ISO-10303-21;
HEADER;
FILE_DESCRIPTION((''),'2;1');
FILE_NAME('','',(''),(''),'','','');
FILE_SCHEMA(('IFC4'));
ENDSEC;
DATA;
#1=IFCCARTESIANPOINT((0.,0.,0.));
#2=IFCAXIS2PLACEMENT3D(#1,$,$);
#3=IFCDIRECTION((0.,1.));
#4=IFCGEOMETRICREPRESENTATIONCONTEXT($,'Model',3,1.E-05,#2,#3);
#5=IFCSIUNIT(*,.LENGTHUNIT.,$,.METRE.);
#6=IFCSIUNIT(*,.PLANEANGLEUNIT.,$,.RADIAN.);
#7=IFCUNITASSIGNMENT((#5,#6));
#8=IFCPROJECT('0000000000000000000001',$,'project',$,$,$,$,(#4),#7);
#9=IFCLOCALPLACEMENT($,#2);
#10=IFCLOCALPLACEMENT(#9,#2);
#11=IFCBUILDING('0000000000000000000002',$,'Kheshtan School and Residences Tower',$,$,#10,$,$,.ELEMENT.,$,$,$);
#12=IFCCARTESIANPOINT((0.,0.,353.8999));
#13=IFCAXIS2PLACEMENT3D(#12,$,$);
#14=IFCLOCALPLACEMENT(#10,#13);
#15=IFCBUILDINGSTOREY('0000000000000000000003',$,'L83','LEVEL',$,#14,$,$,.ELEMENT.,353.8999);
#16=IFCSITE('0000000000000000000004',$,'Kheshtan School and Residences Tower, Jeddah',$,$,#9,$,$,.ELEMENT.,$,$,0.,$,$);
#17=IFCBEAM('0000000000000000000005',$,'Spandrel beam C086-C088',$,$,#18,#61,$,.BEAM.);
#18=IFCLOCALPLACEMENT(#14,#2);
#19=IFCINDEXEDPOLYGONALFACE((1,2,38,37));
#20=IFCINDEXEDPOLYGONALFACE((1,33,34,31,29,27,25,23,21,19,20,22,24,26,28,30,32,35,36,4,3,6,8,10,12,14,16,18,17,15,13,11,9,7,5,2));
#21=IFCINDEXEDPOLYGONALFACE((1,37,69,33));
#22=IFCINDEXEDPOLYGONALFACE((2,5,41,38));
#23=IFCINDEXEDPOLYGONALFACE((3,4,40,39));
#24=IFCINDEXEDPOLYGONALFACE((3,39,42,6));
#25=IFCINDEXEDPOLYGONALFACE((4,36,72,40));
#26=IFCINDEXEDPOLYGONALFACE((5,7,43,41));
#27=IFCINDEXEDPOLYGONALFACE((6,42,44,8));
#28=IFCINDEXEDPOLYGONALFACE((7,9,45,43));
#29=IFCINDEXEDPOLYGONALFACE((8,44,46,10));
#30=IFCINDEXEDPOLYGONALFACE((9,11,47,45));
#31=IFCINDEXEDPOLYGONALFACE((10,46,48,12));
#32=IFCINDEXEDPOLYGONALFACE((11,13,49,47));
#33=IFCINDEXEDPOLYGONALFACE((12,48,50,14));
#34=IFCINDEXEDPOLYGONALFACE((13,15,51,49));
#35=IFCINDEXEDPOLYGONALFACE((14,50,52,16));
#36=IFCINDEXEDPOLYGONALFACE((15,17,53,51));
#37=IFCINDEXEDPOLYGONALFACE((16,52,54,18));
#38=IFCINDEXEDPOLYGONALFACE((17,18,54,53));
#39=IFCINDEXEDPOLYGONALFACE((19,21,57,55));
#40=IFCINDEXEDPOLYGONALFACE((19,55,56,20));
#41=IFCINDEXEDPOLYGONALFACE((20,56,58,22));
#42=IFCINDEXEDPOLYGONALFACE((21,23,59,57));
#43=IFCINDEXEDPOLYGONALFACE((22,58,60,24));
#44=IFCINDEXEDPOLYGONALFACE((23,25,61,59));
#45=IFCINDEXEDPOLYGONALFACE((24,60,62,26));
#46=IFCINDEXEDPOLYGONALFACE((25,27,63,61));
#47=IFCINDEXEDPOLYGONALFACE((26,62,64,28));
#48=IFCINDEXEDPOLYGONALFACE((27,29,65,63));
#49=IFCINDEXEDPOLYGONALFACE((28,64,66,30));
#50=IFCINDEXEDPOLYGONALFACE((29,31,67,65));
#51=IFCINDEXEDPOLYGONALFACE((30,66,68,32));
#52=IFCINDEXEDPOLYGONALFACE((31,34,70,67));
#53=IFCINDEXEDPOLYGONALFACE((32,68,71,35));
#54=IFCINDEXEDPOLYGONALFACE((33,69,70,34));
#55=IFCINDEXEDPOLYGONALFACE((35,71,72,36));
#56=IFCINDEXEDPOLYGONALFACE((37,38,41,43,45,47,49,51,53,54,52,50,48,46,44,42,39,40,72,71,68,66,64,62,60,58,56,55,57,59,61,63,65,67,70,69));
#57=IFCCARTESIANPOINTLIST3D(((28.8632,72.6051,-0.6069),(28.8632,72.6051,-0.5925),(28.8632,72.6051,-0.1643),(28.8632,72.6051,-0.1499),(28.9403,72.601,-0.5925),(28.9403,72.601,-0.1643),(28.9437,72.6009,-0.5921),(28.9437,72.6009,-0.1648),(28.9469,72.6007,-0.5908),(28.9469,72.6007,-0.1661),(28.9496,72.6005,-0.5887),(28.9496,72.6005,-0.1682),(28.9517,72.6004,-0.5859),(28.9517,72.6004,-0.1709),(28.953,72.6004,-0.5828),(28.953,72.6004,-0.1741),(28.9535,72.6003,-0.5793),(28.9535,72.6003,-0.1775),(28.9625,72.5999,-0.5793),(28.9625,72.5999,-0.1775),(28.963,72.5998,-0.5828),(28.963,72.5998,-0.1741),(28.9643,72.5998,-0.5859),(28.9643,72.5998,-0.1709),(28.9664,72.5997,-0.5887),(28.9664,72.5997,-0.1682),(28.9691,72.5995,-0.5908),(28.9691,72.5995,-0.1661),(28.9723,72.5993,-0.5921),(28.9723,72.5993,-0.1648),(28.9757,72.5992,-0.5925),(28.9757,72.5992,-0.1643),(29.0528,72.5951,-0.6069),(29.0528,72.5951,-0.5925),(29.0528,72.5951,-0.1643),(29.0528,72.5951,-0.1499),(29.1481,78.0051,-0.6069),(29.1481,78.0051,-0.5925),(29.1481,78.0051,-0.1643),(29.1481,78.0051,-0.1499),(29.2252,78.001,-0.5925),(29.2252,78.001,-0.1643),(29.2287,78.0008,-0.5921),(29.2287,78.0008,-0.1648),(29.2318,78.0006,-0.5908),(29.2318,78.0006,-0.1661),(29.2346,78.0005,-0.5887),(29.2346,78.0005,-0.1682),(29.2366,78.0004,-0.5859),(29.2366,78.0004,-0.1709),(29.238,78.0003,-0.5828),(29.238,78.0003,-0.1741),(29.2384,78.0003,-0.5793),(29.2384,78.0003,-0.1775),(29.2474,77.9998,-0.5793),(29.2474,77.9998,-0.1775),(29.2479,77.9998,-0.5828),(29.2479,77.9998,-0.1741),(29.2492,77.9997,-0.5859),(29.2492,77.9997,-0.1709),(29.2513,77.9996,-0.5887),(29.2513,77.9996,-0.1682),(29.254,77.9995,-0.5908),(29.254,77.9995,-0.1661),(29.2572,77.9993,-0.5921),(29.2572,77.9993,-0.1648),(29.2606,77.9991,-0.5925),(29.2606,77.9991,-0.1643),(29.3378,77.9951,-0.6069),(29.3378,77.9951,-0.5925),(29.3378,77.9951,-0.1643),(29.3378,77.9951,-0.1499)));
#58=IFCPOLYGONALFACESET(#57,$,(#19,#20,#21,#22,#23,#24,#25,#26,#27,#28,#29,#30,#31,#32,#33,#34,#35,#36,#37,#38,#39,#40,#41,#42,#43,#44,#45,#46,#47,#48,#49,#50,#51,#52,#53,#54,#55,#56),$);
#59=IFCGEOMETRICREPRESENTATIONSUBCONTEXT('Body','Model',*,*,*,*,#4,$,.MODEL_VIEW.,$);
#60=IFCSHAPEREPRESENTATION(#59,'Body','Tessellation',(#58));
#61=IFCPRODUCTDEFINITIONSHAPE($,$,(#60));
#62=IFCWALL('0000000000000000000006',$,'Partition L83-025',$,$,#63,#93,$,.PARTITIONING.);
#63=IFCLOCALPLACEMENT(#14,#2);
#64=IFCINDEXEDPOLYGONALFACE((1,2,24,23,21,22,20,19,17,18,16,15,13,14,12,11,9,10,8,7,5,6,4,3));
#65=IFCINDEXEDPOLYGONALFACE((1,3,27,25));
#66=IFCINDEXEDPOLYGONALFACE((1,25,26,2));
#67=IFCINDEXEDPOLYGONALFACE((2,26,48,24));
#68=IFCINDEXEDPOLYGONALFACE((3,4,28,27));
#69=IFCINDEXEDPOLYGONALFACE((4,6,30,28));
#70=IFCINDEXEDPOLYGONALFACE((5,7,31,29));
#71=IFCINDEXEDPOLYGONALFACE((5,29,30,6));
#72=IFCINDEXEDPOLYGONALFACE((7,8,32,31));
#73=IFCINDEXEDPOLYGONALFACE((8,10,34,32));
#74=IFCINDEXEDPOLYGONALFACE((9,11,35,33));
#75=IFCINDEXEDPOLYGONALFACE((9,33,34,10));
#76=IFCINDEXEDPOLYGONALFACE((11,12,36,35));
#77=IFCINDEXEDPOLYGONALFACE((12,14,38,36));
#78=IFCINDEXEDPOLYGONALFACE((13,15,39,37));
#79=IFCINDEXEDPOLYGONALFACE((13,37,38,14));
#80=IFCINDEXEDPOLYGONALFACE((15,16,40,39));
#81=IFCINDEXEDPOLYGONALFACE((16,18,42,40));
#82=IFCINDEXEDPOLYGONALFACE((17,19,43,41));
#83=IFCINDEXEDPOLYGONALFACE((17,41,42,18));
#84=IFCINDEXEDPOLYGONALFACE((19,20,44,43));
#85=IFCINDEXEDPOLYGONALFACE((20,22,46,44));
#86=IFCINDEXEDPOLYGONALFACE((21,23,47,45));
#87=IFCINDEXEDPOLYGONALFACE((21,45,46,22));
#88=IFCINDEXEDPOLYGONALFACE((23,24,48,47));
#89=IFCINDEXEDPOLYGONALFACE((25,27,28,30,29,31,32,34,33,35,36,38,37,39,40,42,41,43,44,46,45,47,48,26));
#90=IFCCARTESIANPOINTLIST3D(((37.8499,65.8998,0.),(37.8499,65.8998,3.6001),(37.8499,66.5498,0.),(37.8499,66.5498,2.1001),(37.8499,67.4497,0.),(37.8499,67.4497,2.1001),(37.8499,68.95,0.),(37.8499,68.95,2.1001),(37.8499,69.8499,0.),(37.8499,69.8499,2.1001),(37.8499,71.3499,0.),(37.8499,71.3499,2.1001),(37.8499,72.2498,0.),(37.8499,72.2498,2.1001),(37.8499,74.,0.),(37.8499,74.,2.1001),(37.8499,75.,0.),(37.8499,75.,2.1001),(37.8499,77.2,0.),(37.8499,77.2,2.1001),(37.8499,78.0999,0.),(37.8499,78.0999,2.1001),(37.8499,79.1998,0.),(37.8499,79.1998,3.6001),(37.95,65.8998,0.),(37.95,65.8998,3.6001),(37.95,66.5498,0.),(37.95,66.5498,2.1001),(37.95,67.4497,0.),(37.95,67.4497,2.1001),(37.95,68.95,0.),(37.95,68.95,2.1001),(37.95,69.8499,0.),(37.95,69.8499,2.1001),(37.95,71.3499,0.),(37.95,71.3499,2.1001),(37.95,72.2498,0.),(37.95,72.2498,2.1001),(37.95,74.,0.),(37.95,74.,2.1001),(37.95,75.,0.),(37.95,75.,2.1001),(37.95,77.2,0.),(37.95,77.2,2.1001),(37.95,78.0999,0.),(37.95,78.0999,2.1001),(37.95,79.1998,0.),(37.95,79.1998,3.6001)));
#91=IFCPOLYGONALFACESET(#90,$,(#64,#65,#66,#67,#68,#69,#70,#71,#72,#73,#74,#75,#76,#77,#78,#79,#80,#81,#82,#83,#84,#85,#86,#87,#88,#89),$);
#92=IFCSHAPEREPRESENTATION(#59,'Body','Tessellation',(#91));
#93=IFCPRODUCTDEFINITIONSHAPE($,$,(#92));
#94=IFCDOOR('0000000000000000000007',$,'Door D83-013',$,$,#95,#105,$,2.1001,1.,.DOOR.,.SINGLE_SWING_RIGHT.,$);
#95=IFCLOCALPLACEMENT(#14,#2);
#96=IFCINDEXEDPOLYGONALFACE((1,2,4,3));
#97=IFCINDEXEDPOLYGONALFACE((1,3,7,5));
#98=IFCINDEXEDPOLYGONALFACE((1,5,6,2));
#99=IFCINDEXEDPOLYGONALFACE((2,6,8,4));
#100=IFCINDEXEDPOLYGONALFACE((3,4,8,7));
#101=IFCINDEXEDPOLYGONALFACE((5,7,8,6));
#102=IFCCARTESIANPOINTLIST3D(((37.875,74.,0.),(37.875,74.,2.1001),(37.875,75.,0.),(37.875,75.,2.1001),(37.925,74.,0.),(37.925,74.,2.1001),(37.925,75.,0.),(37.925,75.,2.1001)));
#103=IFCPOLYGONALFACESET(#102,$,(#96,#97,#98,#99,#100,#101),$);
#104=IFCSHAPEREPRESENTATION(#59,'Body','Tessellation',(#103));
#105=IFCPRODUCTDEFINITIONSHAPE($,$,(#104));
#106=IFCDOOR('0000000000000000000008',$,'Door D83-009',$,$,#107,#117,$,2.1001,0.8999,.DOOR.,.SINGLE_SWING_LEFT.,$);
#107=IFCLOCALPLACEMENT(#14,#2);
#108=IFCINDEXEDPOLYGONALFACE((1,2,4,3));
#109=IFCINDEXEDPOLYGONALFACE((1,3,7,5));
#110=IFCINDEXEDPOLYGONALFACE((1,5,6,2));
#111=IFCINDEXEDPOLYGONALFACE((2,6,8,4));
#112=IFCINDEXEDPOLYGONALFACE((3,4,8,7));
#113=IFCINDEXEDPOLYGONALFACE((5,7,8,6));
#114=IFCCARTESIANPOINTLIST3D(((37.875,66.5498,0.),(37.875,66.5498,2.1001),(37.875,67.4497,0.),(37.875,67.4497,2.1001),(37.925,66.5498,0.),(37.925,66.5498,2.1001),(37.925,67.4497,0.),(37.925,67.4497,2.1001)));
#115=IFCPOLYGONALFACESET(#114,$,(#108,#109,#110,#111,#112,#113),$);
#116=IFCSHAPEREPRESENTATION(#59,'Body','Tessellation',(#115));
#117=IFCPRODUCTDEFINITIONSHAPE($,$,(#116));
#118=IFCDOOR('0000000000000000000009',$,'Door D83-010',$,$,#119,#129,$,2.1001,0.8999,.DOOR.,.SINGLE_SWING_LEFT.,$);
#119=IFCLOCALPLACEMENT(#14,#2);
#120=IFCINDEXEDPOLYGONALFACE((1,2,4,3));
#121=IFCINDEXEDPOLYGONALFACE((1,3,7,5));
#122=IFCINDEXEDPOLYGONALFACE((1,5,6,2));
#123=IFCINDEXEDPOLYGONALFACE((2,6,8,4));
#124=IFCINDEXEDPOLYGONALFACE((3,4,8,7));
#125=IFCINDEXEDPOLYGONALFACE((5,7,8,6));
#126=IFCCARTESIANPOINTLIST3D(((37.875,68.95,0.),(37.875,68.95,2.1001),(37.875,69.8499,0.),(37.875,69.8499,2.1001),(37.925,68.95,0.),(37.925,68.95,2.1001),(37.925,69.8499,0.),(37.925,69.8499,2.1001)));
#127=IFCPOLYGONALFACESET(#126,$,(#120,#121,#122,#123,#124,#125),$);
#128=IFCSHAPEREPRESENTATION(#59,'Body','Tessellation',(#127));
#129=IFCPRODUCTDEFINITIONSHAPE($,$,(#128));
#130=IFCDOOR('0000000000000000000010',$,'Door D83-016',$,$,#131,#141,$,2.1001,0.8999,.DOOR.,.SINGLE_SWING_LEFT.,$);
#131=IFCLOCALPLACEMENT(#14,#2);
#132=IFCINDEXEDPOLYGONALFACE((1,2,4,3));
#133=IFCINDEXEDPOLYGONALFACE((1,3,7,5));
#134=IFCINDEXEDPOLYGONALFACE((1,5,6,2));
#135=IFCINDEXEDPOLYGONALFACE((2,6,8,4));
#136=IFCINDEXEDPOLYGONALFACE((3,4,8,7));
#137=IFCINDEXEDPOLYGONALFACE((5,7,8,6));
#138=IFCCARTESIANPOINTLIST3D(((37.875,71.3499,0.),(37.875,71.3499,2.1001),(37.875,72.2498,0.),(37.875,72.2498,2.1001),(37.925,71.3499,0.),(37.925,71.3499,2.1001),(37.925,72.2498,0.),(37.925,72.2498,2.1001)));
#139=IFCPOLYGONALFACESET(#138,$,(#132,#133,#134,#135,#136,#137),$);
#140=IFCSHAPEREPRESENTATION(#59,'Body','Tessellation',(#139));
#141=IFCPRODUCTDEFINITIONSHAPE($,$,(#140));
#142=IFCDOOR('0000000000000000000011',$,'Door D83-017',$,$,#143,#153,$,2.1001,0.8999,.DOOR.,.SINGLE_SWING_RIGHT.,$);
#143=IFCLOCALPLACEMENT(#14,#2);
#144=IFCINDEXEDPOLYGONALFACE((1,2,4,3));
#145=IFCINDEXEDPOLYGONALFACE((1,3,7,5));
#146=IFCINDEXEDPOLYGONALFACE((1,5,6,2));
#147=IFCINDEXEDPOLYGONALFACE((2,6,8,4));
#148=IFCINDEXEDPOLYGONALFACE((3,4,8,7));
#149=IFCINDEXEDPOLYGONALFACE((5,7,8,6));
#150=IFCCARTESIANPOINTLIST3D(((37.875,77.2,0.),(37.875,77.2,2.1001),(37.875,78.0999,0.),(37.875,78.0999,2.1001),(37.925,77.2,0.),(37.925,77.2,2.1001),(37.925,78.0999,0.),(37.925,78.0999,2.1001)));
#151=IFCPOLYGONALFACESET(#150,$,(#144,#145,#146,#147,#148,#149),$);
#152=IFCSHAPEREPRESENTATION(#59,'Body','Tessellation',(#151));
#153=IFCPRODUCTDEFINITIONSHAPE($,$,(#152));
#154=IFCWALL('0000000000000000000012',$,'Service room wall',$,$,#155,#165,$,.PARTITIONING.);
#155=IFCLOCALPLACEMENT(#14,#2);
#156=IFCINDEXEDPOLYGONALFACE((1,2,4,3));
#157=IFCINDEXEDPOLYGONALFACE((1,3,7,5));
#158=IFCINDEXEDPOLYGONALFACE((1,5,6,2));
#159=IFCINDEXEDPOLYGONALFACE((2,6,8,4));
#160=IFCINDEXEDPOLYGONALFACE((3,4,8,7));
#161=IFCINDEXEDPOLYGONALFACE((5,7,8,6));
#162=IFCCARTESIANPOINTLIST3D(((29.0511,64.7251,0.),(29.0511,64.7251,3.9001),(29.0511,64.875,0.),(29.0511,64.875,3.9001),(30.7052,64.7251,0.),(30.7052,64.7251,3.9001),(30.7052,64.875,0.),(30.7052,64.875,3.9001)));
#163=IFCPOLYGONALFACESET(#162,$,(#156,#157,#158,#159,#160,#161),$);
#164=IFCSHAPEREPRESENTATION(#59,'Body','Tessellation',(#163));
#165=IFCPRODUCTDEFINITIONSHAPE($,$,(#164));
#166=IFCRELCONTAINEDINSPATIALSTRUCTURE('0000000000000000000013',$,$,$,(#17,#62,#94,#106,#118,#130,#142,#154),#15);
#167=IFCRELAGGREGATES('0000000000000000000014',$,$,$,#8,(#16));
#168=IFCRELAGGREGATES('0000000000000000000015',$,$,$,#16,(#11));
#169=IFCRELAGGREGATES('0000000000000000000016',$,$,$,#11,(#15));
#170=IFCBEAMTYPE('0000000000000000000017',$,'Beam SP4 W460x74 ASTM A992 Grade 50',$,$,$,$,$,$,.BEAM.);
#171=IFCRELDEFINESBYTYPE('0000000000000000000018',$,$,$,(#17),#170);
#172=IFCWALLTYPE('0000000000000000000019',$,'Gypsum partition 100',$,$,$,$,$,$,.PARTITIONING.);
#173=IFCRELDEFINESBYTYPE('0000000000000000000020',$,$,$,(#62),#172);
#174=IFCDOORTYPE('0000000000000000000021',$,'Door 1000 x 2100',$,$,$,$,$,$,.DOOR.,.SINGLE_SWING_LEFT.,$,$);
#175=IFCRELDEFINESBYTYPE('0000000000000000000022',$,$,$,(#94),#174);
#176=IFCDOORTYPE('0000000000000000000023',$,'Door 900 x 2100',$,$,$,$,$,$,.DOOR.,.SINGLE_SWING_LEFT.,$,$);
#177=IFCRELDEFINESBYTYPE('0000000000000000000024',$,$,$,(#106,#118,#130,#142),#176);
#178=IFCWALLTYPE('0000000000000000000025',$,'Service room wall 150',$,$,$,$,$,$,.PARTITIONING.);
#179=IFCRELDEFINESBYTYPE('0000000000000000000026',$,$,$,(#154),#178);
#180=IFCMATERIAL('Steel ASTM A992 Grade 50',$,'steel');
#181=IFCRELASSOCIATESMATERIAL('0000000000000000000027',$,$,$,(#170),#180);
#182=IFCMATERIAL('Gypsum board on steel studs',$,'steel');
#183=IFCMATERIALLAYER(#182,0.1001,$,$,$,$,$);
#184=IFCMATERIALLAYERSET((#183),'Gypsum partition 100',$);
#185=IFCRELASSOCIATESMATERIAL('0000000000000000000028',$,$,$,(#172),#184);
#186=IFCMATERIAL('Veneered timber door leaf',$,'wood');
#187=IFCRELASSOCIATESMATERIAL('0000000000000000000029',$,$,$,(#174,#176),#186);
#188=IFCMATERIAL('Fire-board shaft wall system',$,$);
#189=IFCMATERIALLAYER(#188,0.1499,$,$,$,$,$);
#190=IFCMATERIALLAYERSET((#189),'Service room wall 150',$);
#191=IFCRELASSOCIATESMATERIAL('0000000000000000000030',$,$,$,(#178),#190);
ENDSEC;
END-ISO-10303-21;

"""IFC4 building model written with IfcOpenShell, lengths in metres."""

from ifc_helpers import new_model, si_unit, direction, frame, frame_2d, origin, origin_2d, place, context, subcontext, project, spatial, rectangle, i_section, extrude, source, transform, mapped, material, layer, layer_set, material_profile, profile_set, type_object, element, fill, save


model = new_model("IFC4")

# Units and contexts
model_context = context("Model", 3, precision=1e-05, world=origin(), true_north=direction((0.0, 1.0)))
body_context = subcontext(model_context, "Body", "Model", "MODEL_VIEW")
ifc_project = project(units=[si_unit("LENGTHUNIT", "METRE"), si_unit("PLANEANGLEUNIT", "RADIAN")], contexts=[model_context])

# Site, building, storey
site_placement = place(None, origin())
site = spatial("IfcSite", under=ifc_project, at=site_placement, Name="Kheshtan School and Residences Tower, Jeddah", CompositionType="ELEMENT", RefElevation=0.0)
building_placement = place(site_placement, origin())
building = spatial("IfcBuilding", under=site, at=building_placement, Name="Kheshtan School and Residences Tower", CompositionType="ELEMENT")
storey_placement = place(building_placement, frame((0.0, 0.0, 353.8999)))
storey = spatial("IfcBuildingStorey", under=building, at=storey_placement, Name="L83", Description="LEVEL", CompositionType="ELEMENT", Elevation=353.8999)

# Shared definitions
ifc_material_1 = material(Name="Steel ASTM A992 Grade 50", Category="steel")

# Beam
ifc_material_profile_1 = material_profile(ifc_material_1, i_section(OverallWidth=0.1899, OverallDepth=0.457, WebThickness=0.009, FlangeThickness=0.0144, FilletRadius=0.0132, at=origin_2d()), Name="W460x74")
ifc_profile_set_1 = profile_set([ifc_material_profile_1], Name="Steel ASTM A992 Grade 50")
beam_type_1 = type_object("IfcBeamType", Name="Beam SP4 W460x74 ASTM A992 Grade 50", PredefinedType="BEAM", material=ifc_profile_set_1)
beam_1_placement = place(storey_placement, frame((28.958, 72.6001, -0.3784), z_axis=(0.052689, 0.998611, 0.0), x_axis=(-0.998611, 0.052689, 0.0)))
element("IfcBeam", 1, at=beam_1_placement, inside=storey, type_object=beam_type_1, Name="Spandrel beam C086-C088", PredefinedType="BEAM", context=body_context, shape_type="SweptSolid", body=[
    extrude(i_section(OverallWidth=0.1899, OverallDepth=0.457, WebThickness=0.009, FlangeThickness=0.0144, FilletRadius=0.0132, at=origin_2d()), origin(), (0.0, 0.0, 1.0), 5.4075),
])

# Wall, openings, doors
ifc_material_2 = material(Name="Gypsum board on steel studs", Category="steel")
ifc_layer_1 = layer(ifc_material_2, 0.1001)
ifc_layer_set_1 = layer_set([ifc_layer_1], Name="Gypsum partition 100")
wall_type_1 = type_object("IfcWallType", Name="Gypsum partition 100", PredefinedType="PARTITIONING", material=ifc_layer_set_1)
wall_1_placement = place(storey_placement, frame((37.8999, 65.8999, 0.0), z_axis=(0.0, 0.0, 1.0), x_axis=(0.0, 1.0, 0.0)))
wall_1 = element("IfcWall", 2, at=wall_1_placement, inside=storey, type_object=wall_type_1, Name="Partition L83-025", PredefinedType="PARTITIONING", context=body_context, shape_type="SweptSolid", body=[
    extrude(rectangle(XDim=13.3, YDim=0.1001, at=frame_2d((6.6499, 0.0))), origin(), (0.0, 0.0, 1.0), 3.6001),
])
opening_1_placement = place(wall_1_placement, frame((0.6499, 0.0, 0.0)))
opening_1 = element("IfcOpeningElement", 3, at=opening_1_placement, cuts=wall_1, PredefinedType="OPENING", context=body_context, shape_type="SweptSolid", body=[
    extrude(rectangle(XDim=0.8999, YDim=2.1001, at=frame_2d((0.45, 1.05))), frame((0.0, 0.0601, 0.0), z_axis=(0.0, -1.0, 0.0), x_axis=(1.0, 0.0, 0.0)), (0.0, 0.0, 1.0), 0.1201),
])
opening_2_placement = place(wall_1_placement, frame((3.05, 0.0, 0.0)))
opening_2 = element("IfcOpeningElement", 4, at=opening_2_placement, cuts=wall_1, PredefinedType="OPENING", context=body_context, shape_type="SweptSolid", body=[
    extrude(rectangle(XDim=0.8999, YDim=2.1001, at=frame_2d((0.45, 1.05))), frame((0.0, 0.0601, 0.0), z_axis=(0.0, -1.0, 0.0), x_axis=(1.0, 0.0, 0.0)), (0.0, 0.0, 1.0), 0.1201),
])
opening_3_placement = place(wall_1_placement, frame((8.1001, 0.0, 0.0)))
opening_3 = element("IfcOpeningElement", 5, at=opening_3_placement, cuts=wall_1, PredefinedType="OPENING", context=body_context, shape_type="SweptSolid", body=[
    extrude(rectangle(XDim=1.0, YDim=2.1001, at=frame_2d((0.5, 1.05))), frame((0.0, 0.0601, 0.0), z_axis=(0.0, -1.0, 0.0), x_axis=(1.0, 0.0, 0.0)), (0.0, 0.0, 1.0), 0.1201),
])
opening_4_placement = place(wall_1_placement, frame((5.45, 0.0, 0.0)))
opening_4 = element("IfcOpeningElement", 6, at=opening_4_placement, cuts=wall_1, PredefinedType="OPENING", context=body_context, shape_type="SweptSolid", body=[
    extrude(rectangle(XDim=0.8999, YDim=2.1001, at=frame_2d((0.45, 1.05))), frame((0.0, 0.0601, 0.0), z_axis=(0.0, -1.0, 0.0), x_axis=(1.0, 0.0, 0.0)), (0.0, 0.0, 1.0), 0.1201),
])
opening_5_placement = place(wall_1_placement, frame((11.3, 0.0, 0.0)))
opening_5 = element("IfcOpeningElement", 7, at=opening_5_placement, cuts=wall_1, PredefinedType="OPENING", context=body_context, shape_type="SweptSolid", body=[
    extrude(rectangle(XDim=0.8999, YDim=2.1001, at=frame_2d((0.45, 1.05))), frame((0.0, 0.0601, 0.0), z_axis=(0.0, -1.0, 0.0), x_axis=(1.0, 0.0, 0.0)), (0.0, 0.0, 1.0), 0.1201),
])
ifc_material_3 = material(Name="Veneered timber door leaf", Category="wood")
door_type_1 = type_object("IfcDoorType", Name="Door 1000 x 2100", OperationType="SINGLE_SWING_LEFT", PredefinedType="DOOR", material=ifc_material_3)
shared_shape_1 = source(origin(), body_context, "Body", "SweptSolid", [
    extrude(rectangle(XDim=1.0, YDim=2.1001, at=frame_2d((0.5, 1.05))), frame((0.0, 0.0249, 0.0), z_axis=(0.0, -1.0, 0.0), x_axis=(1.0, 0.0, 0.0)), (0.0, 0.0, 1.0), 0.05),
])
door_1_placement = place(opening_3_placement, origin())
door_1 = element("IfcDoor", 8, at=door_1_placement, inside=storey, type_object=door_type_1, Name="Door D83-013", OperationType="SINGLE_SWING_RIGHT", OverallHeight=2.1001, OverallWidth=1.0, PredefinedType="DOOR", context=body_context, shape_type="MappedRepresentation", body=[
    mapped(shared_shape_1, transform((0.0, 0.0, 0.0), x_axis=(1.0, 0.0, 0.0), y_axis=(0.0, 1.0, 0.0), z_axis=(0.0, 0.0, 1.0), scale=1.0)),
])
fill(opening_3, door_1)
door_type_2 = type_object("IfcDoorType", Name="Door 900 x 2100", OperationType="SINGLE_SWING_LEFT", PredefinedType="DOOR", material=ifc_material_3)
shared_shape_2 = source(origin(), body_context, "Body", "SweptSolid", [
    extrude(rectangle(XDim=0.8999, YDim=2.1001, at=frame_2d((0.45, 1.05))), frame((0.0, 0.0249, 0.0), z_axis=(0.0, -1.0, 0.0), x_axis=(1.0, 0.0, 0.0)), (0.0, 0.0, 1.0), 0.05),
])
door_2_placement = place(opening_1_placement, origin())
door_2 = element("IfcDoor", 9, at=door_2_placement, inside=storey, type_object=door_type_2, Name="Door D83-009", OperationType="SINGLE_SWING_LEFT", OverallHeight=2.1001, OverallWidth=0.8999, PredefinedType="DOOR", context=body_context, shape_type="MappedRepresentation", body=[
    mapped(shared_shape_2, transform((0.0, 0.0, 0.0), x_axis=(1.0, 0.0, 0.0), y_axis=(0.0, 1.0, 0.0), z_axis=(0.0, 0.0, 1.0), scale=1.0)),
])
fill(opening_1, door_2)
door_3_placement = place(opening_2_placement, origin())
door_3 = element("IfcDoor", 10, at=door_3_placement, inside=storey, type_object=door_type_2, Name="Door D83-010", OperationType="SINGLE_SWING_LEFT", OverallHeight=2.1001, OverallWidth=0.8999, PredefinedType="DOOR", context=body_context, shape_type="MappedRepresentation", body=[
    mapped(shared_shape_2, transform((0.0, 0.0, 0.0), x_axis=(1.0, 0.0, 0.0), y_axis=(0.0, 1.0, 0.0), z_axis=(0.0, 0.0, 1.0), scale=1.0)),
])
fill(opening_2, door_3)
door_4_placement = place(opening_4_placement, origin())
door_4 = element("IfcDoor", 11, at=door_4_placement, inside=storey, type_object=door_type_2, Name="Door D83-016", OperationType="SINGLE_SWING_LEFT", OverallHeight=2.1001, OverallWidth=0.8999, PredefinedType="DOOR", context=body_context, shape_type="MappedRepresentation", body=[
    mapped(shared_shape_2, transform((0.0, 0.0, 0.0), x_axis=(1.0, 0.0, 0.0), y_axis=(0.0, 1.0, 0.0), z_axis=(0.0, 0.0, 1.0), scale=1.0)),
])
fill(opening_4, door_4)
door_5_placement = place(opening_5_placement, origin())
door_5 = element("IfcDoor", 12, at=door_5_placement, inside=storey, type_object=door_type_2, Name="Door D83-017", OperationType="SINGLE_SWING_RIGHT", OverallHeight=2.1001, OverallWidth=0.8999, PredefinedType="DOOR", context=body_context, shape_type="MappedRepresentation", body=[
    mapped(shared_shape_2, transform((0.0, 0.0, 0.0), x_axis=(1.0, 0.0, 0.0), y_axis=(0.0, 1.0, 0.0), z_axis=(0.0, 0.0, 1.0), scale=1.0)),
])
fill(opening_5, door_5)

# Wall
ifc_material_4 = material(Name="Fire-board shaft wall system")
ifc_layer_2 = layer(ifc_material_4, 0.1499)
ifc_layer_set_2 = layer_set([ifc_layer_2], Name="Service room wall 150")
wall_type_2 = type_object("IfcWallType", Name="Service room wall 150", PredefinedType="PARTITIONING", material=ifc_layer_set_2)
wall_2_placement = place(storey_placement, frame((29.051, 64.8, 0.0), z_axis=(0.0, 0.0, 1.0), x_axis=(1.0, 0.0, 0.0)))
element("IfcWall", 13, at=wall_2_placement, inside=storey, type_object=wall_type_2, Name="Service room wall", PredefinedType="PARTITIONING", context=body_context, shape_type="SweptSolid", body=[
    extrude(rectangle(XDim=1.6541, YDim=0.1499, at=frame_2d((0.8271, 0.0))), origin(), (0.0, 0.0, 1.0), 3.9001),
])

save(model, "model.ifc")
